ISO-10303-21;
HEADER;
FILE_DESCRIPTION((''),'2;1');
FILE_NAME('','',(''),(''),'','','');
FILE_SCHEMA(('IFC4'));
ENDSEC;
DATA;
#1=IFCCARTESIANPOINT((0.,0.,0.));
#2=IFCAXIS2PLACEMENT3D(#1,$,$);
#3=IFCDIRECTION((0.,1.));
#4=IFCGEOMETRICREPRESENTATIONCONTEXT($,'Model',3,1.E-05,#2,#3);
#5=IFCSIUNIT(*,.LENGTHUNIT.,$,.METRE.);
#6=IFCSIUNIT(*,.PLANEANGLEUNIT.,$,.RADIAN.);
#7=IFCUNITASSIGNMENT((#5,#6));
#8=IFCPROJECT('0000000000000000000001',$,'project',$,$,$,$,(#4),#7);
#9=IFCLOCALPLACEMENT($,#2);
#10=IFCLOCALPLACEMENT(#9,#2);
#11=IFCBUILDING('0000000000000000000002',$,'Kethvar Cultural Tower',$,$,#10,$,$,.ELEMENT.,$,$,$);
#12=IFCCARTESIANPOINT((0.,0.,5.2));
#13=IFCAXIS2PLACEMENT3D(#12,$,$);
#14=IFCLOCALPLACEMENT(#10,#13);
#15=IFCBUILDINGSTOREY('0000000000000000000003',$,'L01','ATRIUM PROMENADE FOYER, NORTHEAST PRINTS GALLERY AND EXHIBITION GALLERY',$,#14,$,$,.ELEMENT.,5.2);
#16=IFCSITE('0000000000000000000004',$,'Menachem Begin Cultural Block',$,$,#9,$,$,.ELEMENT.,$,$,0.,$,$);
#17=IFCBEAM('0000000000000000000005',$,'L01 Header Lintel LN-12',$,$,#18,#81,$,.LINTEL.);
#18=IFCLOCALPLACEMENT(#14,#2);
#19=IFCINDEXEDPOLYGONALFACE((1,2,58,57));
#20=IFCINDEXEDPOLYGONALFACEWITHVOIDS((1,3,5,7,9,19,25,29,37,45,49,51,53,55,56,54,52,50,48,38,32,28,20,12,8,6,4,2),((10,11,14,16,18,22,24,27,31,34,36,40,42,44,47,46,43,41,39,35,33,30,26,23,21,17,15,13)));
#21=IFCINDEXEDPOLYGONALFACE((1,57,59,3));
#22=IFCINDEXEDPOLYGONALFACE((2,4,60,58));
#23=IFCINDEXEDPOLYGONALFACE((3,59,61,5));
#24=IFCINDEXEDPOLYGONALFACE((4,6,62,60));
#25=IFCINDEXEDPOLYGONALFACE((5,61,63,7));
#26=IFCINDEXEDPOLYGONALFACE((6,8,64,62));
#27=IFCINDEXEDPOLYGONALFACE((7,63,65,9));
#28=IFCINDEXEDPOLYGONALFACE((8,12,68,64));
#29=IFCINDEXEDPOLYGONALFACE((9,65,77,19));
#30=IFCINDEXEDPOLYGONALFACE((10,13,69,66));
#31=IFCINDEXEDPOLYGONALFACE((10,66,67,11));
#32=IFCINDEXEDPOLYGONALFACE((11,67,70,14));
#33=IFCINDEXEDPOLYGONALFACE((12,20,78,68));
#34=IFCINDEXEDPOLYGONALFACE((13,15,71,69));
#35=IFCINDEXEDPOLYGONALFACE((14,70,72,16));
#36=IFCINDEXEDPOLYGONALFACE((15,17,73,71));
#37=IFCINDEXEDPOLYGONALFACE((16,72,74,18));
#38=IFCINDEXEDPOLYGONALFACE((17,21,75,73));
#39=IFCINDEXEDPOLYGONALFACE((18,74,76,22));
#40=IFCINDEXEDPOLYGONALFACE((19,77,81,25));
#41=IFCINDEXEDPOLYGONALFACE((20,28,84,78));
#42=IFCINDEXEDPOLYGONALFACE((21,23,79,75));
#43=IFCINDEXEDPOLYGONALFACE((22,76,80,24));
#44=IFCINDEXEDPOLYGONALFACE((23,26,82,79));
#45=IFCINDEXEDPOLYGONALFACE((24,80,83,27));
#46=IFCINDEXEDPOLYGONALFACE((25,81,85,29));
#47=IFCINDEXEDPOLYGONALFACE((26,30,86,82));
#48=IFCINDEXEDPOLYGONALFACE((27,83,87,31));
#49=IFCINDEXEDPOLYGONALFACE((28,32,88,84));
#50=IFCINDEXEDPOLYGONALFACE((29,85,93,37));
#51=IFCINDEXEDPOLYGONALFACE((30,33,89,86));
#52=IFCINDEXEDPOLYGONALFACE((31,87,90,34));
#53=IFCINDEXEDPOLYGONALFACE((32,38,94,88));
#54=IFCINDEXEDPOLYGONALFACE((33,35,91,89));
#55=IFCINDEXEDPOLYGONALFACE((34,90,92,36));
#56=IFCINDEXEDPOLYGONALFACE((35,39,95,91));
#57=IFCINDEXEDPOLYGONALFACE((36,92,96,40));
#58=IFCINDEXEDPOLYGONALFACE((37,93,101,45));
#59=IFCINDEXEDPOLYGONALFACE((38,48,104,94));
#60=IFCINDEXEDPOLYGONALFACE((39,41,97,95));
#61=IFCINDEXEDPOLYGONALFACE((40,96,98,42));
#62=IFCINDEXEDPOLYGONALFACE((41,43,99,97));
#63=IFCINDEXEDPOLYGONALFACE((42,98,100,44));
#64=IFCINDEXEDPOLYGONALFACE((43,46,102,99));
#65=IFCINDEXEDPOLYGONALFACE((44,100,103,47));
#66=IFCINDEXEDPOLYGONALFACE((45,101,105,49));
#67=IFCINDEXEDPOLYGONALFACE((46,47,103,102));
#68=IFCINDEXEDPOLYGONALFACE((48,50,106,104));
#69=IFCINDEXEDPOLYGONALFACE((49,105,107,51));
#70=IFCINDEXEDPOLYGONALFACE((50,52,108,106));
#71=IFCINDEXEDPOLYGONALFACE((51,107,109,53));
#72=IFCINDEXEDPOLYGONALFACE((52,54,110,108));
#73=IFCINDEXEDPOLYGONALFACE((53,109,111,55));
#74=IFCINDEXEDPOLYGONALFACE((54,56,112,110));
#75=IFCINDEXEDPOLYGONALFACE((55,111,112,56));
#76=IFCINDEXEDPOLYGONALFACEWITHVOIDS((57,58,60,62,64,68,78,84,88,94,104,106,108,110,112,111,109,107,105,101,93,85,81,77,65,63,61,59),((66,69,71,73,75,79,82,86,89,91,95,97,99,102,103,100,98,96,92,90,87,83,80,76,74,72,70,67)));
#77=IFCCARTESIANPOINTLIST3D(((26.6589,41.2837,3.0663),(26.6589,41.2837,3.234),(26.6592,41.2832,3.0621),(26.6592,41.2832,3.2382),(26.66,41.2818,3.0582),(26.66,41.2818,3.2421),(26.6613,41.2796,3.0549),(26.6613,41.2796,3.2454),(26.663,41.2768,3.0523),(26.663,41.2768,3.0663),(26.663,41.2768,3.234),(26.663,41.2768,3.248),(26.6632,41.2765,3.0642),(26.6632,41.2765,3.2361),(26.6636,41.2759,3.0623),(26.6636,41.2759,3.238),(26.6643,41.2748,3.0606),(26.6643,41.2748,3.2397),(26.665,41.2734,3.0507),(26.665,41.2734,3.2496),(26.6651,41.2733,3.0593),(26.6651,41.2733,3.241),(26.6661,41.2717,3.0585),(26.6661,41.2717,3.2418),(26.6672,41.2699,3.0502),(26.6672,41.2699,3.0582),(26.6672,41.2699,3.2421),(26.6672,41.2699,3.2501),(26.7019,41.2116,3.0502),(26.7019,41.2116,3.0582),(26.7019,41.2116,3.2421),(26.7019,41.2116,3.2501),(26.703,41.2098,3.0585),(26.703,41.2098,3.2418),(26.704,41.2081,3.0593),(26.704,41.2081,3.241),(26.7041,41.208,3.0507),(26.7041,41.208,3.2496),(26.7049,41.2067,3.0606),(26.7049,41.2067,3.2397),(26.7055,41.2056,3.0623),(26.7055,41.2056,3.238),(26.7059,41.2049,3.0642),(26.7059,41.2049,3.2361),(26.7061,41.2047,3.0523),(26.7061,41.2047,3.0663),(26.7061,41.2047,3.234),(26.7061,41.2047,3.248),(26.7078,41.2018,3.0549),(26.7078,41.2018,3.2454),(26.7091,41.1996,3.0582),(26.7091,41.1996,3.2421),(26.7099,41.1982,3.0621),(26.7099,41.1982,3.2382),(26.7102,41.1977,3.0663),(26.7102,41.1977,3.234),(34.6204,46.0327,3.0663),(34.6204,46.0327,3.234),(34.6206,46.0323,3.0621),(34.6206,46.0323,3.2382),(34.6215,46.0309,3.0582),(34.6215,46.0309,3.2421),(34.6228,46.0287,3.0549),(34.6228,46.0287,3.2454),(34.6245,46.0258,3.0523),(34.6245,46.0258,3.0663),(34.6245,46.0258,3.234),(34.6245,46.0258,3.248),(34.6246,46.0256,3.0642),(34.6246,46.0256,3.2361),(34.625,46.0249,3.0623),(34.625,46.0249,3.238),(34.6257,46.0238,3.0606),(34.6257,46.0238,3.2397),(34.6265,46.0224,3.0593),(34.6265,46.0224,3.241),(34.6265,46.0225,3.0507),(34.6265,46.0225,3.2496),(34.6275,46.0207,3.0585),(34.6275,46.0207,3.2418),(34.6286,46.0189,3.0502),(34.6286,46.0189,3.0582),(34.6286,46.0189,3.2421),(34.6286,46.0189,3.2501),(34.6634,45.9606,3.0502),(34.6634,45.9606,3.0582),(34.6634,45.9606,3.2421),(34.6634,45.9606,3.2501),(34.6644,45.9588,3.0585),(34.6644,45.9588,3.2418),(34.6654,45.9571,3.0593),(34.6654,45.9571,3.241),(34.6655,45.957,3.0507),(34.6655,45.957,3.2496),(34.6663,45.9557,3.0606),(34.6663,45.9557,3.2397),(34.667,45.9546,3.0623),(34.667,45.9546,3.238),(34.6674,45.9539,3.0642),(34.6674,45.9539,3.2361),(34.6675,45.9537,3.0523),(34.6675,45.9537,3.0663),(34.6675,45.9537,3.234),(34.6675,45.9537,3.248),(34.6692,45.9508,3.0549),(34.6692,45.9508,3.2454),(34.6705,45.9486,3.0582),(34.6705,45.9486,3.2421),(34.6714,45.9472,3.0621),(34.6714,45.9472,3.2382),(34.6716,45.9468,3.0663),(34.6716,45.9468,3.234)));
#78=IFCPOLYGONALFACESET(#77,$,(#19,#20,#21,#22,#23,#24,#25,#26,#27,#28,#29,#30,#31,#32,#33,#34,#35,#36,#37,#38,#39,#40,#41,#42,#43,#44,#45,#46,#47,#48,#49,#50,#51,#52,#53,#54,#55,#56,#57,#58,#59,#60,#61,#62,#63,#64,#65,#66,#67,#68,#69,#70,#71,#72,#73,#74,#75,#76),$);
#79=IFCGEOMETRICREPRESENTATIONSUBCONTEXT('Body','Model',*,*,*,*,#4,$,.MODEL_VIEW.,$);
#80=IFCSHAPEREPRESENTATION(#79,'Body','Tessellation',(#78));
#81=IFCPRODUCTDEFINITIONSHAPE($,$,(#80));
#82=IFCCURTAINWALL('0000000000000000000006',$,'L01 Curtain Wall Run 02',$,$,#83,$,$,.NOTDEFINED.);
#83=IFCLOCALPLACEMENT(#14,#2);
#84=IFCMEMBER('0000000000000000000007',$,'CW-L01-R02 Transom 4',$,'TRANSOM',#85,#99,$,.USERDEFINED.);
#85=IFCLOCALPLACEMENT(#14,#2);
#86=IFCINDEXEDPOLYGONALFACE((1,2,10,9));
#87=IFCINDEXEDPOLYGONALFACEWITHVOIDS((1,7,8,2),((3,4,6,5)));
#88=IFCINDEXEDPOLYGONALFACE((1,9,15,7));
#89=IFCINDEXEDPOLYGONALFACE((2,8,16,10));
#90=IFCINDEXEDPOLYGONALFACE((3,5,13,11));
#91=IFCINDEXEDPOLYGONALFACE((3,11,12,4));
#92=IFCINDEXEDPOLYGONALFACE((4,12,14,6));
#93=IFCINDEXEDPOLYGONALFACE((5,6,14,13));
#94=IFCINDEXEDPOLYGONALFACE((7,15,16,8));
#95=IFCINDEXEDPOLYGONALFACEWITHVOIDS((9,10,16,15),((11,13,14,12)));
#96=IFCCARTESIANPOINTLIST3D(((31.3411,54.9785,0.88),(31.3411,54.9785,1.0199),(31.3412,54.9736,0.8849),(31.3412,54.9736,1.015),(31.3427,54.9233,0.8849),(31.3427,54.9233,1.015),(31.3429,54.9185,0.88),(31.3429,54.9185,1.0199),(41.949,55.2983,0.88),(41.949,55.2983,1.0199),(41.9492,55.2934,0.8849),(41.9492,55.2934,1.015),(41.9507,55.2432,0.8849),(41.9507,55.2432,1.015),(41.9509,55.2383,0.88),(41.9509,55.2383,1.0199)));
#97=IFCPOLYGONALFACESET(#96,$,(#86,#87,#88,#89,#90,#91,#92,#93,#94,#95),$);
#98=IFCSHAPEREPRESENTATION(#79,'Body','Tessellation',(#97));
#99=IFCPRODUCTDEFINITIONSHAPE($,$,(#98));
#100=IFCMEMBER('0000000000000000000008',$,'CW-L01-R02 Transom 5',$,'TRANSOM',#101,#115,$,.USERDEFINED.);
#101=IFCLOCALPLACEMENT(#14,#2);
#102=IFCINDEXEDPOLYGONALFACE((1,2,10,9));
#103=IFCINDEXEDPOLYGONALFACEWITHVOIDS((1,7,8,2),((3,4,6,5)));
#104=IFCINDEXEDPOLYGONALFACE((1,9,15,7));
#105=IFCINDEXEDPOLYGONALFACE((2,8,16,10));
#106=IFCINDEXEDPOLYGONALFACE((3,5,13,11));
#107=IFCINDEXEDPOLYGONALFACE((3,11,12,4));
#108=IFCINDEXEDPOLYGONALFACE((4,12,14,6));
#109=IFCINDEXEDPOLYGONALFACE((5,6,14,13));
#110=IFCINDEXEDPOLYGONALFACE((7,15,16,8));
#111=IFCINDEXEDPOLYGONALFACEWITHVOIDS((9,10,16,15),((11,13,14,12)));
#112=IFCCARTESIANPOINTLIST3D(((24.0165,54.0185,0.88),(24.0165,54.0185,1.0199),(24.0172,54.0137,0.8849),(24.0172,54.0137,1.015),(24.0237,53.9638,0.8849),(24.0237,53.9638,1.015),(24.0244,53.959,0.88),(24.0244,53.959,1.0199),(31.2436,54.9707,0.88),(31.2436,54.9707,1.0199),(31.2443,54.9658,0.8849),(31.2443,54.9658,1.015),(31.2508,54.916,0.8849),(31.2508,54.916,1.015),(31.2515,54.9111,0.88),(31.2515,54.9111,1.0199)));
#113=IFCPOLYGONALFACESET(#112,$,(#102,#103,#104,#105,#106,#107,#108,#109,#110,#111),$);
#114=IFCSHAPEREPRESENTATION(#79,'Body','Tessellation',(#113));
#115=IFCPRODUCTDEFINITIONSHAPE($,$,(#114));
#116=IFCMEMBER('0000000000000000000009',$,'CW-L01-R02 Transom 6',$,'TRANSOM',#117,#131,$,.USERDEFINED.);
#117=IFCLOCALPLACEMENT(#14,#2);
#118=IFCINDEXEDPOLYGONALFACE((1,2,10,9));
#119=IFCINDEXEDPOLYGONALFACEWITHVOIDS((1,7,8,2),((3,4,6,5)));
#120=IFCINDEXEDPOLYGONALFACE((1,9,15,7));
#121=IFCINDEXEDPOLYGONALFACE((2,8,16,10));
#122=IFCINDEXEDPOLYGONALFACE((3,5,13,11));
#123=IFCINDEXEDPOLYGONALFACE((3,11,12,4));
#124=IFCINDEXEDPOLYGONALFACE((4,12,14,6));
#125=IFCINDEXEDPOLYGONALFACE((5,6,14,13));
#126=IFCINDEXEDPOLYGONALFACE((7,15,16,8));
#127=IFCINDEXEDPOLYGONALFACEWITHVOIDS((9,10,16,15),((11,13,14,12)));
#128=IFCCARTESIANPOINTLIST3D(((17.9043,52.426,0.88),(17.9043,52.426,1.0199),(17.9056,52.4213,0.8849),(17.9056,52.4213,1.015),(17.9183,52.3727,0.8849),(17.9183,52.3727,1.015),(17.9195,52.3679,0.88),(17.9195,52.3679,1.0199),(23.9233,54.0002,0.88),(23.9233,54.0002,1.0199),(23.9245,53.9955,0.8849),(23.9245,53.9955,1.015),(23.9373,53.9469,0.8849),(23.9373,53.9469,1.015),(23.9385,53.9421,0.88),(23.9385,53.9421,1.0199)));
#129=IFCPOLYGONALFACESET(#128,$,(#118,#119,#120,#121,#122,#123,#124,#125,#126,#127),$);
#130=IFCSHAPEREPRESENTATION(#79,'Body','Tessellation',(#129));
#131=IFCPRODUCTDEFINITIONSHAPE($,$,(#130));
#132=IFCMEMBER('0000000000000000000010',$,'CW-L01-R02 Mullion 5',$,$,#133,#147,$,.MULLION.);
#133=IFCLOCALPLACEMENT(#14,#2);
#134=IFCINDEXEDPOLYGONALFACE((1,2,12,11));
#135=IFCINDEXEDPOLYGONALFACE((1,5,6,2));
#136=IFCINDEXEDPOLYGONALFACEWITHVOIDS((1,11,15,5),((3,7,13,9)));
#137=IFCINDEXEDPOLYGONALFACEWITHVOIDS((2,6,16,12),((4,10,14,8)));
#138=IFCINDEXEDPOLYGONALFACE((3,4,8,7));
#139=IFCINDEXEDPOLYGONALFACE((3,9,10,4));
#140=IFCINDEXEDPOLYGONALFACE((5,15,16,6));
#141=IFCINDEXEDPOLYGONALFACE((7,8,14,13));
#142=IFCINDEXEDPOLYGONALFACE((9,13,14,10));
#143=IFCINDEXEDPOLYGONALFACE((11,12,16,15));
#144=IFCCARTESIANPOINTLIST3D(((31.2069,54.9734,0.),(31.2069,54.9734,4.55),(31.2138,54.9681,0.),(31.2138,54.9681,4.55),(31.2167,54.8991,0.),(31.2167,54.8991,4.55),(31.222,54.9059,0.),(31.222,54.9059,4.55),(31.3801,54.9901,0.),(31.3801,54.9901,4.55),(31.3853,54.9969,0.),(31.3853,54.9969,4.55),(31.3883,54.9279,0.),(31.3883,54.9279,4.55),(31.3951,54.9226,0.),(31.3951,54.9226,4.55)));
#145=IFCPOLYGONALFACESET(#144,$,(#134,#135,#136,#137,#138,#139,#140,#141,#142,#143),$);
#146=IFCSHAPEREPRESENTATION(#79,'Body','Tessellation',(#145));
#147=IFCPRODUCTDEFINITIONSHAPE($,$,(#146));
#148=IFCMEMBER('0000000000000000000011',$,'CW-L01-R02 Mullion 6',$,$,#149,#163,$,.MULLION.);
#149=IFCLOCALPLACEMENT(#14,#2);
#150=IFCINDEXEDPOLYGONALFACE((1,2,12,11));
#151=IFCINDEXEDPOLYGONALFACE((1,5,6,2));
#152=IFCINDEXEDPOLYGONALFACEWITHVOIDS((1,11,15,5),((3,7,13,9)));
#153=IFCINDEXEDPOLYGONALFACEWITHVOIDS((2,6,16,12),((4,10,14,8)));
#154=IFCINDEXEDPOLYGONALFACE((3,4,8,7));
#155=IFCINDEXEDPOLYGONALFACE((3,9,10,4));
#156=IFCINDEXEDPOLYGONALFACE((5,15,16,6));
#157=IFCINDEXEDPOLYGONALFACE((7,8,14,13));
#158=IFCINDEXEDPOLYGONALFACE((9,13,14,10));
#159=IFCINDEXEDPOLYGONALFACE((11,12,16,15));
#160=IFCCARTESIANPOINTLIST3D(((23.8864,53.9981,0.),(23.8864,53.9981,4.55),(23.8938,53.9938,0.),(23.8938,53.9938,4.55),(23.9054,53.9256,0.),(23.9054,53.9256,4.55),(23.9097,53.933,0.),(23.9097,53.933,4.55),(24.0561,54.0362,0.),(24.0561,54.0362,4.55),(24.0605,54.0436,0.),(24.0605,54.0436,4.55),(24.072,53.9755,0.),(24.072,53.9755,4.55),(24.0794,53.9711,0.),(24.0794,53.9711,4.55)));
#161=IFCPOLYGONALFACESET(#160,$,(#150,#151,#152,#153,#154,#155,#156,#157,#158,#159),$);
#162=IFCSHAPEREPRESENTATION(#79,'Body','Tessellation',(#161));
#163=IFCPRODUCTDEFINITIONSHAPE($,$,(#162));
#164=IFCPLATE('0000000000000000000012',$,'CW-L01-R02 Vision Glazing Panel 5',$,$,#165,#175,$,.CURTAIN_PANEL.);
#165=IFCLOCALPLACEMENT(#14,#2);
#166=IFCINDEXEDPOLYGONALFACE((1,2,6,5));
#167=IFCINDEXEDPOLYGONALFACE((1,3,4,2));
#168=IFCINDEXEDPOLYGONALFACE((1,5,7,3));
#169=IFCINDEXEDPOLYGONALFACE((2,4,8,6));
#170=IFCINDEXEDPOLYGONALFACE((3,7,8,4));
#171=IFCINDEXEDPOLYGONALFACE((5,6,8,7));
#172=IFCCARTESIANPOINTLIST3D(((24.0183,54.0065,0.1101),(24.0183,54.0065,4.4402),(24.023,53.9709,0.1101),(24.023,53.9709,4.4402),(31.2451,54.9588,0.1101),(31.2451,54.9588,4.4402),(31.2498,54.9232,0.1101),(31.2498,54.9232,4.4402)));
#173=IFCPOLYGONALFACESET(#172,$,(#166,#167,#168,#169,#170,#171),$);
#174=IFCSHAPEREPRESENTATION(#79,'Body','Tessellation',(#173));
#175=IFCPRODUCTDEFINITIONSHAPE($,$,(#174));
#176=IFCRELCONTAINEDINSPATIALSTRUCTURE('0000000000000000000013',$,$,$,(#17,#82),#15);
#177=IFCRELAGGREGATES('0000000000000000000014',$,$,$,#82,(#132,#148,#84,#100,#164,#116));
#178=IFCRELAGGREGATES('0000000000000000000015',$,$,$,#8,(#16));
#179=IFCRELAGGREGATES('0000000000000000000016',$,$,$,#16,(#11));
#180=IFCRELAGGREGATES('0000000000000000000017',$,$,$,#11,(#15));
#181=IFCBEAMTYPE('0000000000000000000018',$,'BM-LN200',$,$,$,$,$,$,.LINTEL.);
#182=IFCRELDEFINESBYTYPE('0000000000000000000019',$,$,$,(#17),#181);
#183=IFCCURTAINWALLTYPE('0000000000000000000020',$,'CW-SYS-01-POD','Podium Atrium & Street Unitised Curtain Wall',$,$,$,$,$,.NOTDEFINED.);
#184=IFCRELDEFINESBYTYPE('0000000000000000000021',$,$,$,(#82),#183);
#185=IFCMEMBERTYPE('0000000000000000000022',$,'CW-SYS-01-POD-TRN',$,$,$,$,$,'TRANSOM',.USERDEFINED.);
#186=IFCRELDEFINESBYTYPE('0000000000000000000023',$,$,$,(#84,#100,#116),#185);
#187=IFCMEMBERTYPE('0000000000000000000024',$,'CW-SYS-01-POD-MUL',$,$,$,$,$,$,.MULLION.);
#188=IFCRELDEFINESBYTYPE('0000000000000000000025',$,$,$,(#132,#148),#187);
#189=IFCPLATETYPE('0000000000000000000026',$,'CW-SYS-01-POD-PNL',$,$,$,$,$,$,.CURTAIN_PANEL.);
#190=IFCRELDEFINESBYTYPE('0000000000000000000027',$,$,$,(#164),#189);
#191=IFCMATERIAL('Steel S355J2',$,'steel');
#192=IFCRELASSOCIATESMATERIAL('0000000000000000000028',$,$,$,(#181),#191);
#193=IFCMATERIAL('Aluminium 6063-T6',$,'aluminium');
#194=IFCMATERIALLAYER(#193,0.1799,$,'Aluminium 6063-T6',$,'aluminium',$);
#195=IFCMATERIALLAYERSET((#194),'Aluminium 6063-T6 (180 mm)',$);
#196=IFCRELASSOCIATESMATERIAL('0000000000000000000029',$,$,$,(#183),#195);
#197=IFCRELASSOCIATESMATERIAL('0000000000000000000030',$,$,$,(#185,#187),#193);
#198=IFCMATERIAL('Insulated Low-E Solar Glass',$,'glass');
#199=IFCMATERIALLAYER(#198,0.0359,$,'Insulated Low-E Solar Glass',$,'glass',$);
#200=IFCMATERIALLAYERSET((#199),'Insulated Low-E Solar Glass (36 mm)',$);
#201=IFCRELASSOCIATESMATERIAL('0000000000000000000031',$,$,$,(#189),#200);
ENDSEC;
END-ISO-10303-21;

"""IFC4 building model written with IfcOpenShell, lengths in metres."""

from ifc_helpers import new_model, si_unit, direction, frame, origin, origin_2d, place, context, subcontext, project, spatial, rectangle, hollow_rectangle, extrude, source, transform, mapped, material, layer, layer_set, material_profile, profile_set, type_object, element, aggregate, save


model = new_model("IFC4")

# Units and contexts
model_context = context("Model", 3, precision=1e-05, world=origin(), true_north=direction((0.0, 1.0)))
body_context = subcontext(model_context, "Body", "Model", "MODEL_VIEW")
ifc_project = project(units=[si_unit("LENGTHUNIT", "METRE"), si_unit("PLANEANGLEUNIT", "RADIAN")], contexts=[model_context])

# Site, building, storey
site_placement = place(None, origin())
site = spatial("IfcSite", under=ifc_project, at=site_placement, Name="Menachem Begin Cultural Block", CompositionType="ELEMENT", RefElevation=0.0)
building_placement = place(site_placement, origin())
building = spatial("IfcBuilding", under=site, at=building_placement, Name="Kethvar Cultural Tower", CompositionType="ELEMENT")
storey_placement = place(building_placement, frame((0.0, 0.0, 5.2)))
storey = spatial("IfcBuildingStorey", under=building, at=storey_placement, Name="L01", Description="ATRIUM PROMENADE FOYER, NORTHEAST PRINTS GALLERY AND EXHIBITION GALLERY", CompositionType="ELEMENT", Elevation=5.2)

# Beam
ifc_material_1 = material(Name="Steel S355J2", Category="steel")
ifc_material_profile_1 = material_profile(ifc_material_1, hollow_rectangle(XDim=0.1001, YDim=0.2, WallThickness=0.0081, InnerFilletRadius=0.0081, OuterFilletRadius=0.0161, at=origin_2d()), Name="Steel S355J2 — RHS200x100x8")
ifc_profile_set_1 = profile_set([ifc_material_profile_1], Name="Steel S355J2 — RHS200x100x8")
beam_type_1 = type_object("IfcBeamType", Name="BM-LN200", PredefinedType="LINTEL", material=ifc_profile_set_1)
shared_shape_1 = source(origin(), body_context, "Body", "SweptSolid", [
    extrude(hollow_rectangle(XDim=0.1001, YDim=0.2, WallThickness=0.0081, InnerFilletRadius=0.0081, OuterFilletRadius=0.0161, at=origin_2d()), origin(), (0.0, 0.0, 1.0), 9.2703),
])
beam_1_placement = place(storey_placement, frame((34.646, 45.9897, 3.1501), z_axis=(-0.858815, -0.512286, 0.0), x_axis=(0.512286, -0.858815, 0.0)))
element("IfcBeam", 1, at=beam_1_placement, inside=storey, type_object=beam_type_1, Name="L01 Header Lintel LN-12", PredefinedType="LINTEL", context=body_context, shape_type="MappedRepresentation", body=[
    mapped(shared_shape_1, transform((0.0, 0.0, 0.0), scale=1.0)),
])

# Curtain wall, members, plate
ifc_material_2 = material(Name="Aluminium 6063-T6", Category="aluminium")
ifc_layer_1 = layer(ifc_material_2, 0.1799, Name="Aluminium 6063-T6", Category="aluminium")
ifc_layer_set_1 = layer_set([ifc_layer_1], Name="Aluminium 6063-T6 (180 mm)")
curtain_wall_type = type_object("IfcCurtainWallType", Name="CW-SYS-01-POD", Description="Podium Atrium & Street Unitised Curtain Wall", PredefinedType="NOTDEFINED", material=ifc_layer_set_1)
curtain_wall_placement = place(storey_placement, origin())
curtain_wall = element("IfcCurtainWall", 2, at=curtain_wall_placement, inside=storey, type_object=curtain_wall_type, Name="L01 Curtain Wall Run 02", PredefinedType="NOTDEFINED")
ifc_material_profile_2 = material_profile(ifc_material_2, hollow_rectangle(XDim=0.0601, YDim=0.1399, WallThickness=0.0049, at=origin_2d()), Name="Aluminium 6063-T6 — RHS140x60x5")
ifc_profile_set_2 = profile_set([ifc_material_profile_2], Name="Aluminium 6063-T6 — RHS140x60x5")
member_type_1 = type_object("IfcMemberType", Name="CW-SYS-01-POD-TRN", ElementType="TRANSOM", PredefinedType="USERDEFINED", material=ifc_profile_set_2)
shared_shape_2 = source(origin(), body_context, "Body", "SweptSolid", [
    extrude(hollow_rectangle(XDim=0.0601, YDim=0.1399, WallThickness=0.0049, at=origin_2d()), origin(), (0.0, 0.0, 1.0), 10.6128),
])
member_1_placement = place(storey_placement, frame((41.95, 55.2683, 0.95), z_axis=(-0.999546, -0.030136, 0.0), x_axis=(0.030136, -0.999546, 0.0)))
member_1 = element("IfcMember", 3, at=member_1_placement, type_object=member_type_1, Name="CW-L01-R02 Transom 4", ObjectType="TRANSOM", PredefinedType="USERDEFINED", context=body_context, shape_type="MappedRepresentation", body=[
    mapped(shared_shape_2, transform((0.0, 0.0, 0.0), scale=1.0)),
])
shared_shape_3 = source(origin(), body_context, "Body", "SweptSolid", [
    extrude(hollow_rectangle(XDim=0.0601, YDim=0.1399, WallThickness=0.0049, at=origin_2d()), origin(), (0.0, 0.0, 1.0), 7.2896),
])
member_2_placement = place(storey_placement, frame((31.2476, 54.9409, 0.95), z_axis=(-0.991433, -0.130619, 0.0), x_axis=(0.130619, -0.991433, 0.0)))
member_2 = element("IfcMember", 4, at=member_2_placement, type_object=member_type_1, Name="CW-L01-R02 Transom 5", ObjectType="TRANSOM", PredefinedType="USERDEFINED", context=body_context, shape_type="MappedRepresentation", body=[
    mapped(shared_shape_3, transform((0.0, 0.0, 0.0), scale=1.0)),
])
shared_shape_4 = source(origin(), body_context, "Body", "SweptSolid", [
    extrude(hollow_rectangle(XDim=0.0601, YDim=0.1399, WallThickness=0.0049, at=origin_2d()), origin(), (0.0, 0.0, 1.0), 6.2214),
])
member_3_placement = place(storey_placement, frame((23.9309, 53.9712, 0.95), z_axis=(-0.967459, -0.253029, 0.0), x_axis=(0.253029, -0.967459, 0.0)))
member_3 = element("IfcMember", 5, at=member_3_placement, type_object=member_type_1, Name="CW-L01-R02 Transom 6", ObjectType="TRANSOM", PredefinedType="USERDEFINED", context=body_context, shape_type="MappedRepresentation", body=[
    mapped(shared_shape_4, transform((0.0, 0.0, 0.0), scale=1.0)),
])
ifc_material_profile_3 = material_profile(ifc_material_2, hollow_rectangle(XDim=0.075, YDim=0.1799, WallThickness=0.0061, at=origin_2d()), Name="Aluminium 6063-T6 — RHS180x75x6")
ifc_profile_set_3 = profile_set([ifc_material_profile_3], Name="Aluminium 6063-T6 — RHS180x75x6")
member_type_2 = type_object("IfcMemberType", Name="CW-SYS-01-POD-MUL", PredefinedType="MULLION", material=ifc_profile_set_3)
shared_shape_5 = source(origin(), body_context, "Body", "SweptSolid", [
    extrude(hollow_rectangle(XDim=0.075, YDim=0.1799, WallThickness=0.0061, at=origin_2d()), origin(), (0.0, 0.0, 1.0), 4.55),
])
member_4_placement = place(storey_placement, frame((31.301, 54.948, 0.0), z_axis=(0.0, 0.0, 1.0), x_axis=(0.130647, -0.991429, 0.0)))
member_4 = element("IfcMember", 6, at=member_4_placement, type_object=member_type_2, Name="CW-L01-R02 Mullion 5", PredefinedType="MULLION", context=body_context, shape_type="MappedRepresentation", body=[
    mapped(shared_shape_5, transform((0.0, 0.0, 0.0), scale=1.0)),
])
member_5_placement = place(storey_placement, frame((23.9829, 53.9846, 0.0), z_axis=(0.0, 0.0, 1.0), x_axis=(0.253032, -0.967458, 0.0)))
member_5 = element("IfcMember", 7, at=member_5_placement, type_object=member_type_2, Name="CW-L01-R02 Mullion 6", PredefinedType="MULLION", context=body_context, shape_type="MappedRepresentation", body=[
    mapped(shared_shape_5, transform((0.0, 0.0, 0.0), scale=1.0)),
])
ifc_material_3 = material(Name="Insulated Low-E Solar Glass", Category="glass")
ifc_layer_2 = layer(ifc_material_3, 0.0359, Name="Insulated Low-E Solar Glass", Category="glass")
ifc_layer_set_2 = layer_set([ifc_layer_2], Name="Insulated Low-E Solar Glass (36 mm)")
plate_type = type_object("IfcPlateType", Name="CW-SYS-01-POD-PNL", PredefinedType="CURTAIN_PANEL", material=ifc_layer_set_2)
shared_shape_6 = source(origin(), body_context, "Body", "SweptSolid", [
    extrude(rectangle(XDim=7.2893, YDim=0.0359, at=origin_2d()), origin(), (0.0, 0.0, 1.0), 4.3301),
])
plate_1_placement = place(storey_placement, frame((27.634, 54.4648, 0.1101), z_axis=(0.0, 0.0, 1.0), x_axis=(-0.991429, -0.130647, 0.0)))
plate_1 = element("IfcPlate", 8, at=plate_1_placement, type_object=plate_type, Name="CW-L01-R02 Vision Glazing Panel 5", PredefinedType="CURTAIN_PANEL", context=body_context, shape_type="MappedRepresentation", body=[
    mapped(shared_shape_6, transform((0.0, 0.0, 0.0), scale=1.0)),
])
aggregate(curtain_wall, [member_4, member_5, member_1, member_2, plate_1, member_3])

save(model, "model.ifc")
